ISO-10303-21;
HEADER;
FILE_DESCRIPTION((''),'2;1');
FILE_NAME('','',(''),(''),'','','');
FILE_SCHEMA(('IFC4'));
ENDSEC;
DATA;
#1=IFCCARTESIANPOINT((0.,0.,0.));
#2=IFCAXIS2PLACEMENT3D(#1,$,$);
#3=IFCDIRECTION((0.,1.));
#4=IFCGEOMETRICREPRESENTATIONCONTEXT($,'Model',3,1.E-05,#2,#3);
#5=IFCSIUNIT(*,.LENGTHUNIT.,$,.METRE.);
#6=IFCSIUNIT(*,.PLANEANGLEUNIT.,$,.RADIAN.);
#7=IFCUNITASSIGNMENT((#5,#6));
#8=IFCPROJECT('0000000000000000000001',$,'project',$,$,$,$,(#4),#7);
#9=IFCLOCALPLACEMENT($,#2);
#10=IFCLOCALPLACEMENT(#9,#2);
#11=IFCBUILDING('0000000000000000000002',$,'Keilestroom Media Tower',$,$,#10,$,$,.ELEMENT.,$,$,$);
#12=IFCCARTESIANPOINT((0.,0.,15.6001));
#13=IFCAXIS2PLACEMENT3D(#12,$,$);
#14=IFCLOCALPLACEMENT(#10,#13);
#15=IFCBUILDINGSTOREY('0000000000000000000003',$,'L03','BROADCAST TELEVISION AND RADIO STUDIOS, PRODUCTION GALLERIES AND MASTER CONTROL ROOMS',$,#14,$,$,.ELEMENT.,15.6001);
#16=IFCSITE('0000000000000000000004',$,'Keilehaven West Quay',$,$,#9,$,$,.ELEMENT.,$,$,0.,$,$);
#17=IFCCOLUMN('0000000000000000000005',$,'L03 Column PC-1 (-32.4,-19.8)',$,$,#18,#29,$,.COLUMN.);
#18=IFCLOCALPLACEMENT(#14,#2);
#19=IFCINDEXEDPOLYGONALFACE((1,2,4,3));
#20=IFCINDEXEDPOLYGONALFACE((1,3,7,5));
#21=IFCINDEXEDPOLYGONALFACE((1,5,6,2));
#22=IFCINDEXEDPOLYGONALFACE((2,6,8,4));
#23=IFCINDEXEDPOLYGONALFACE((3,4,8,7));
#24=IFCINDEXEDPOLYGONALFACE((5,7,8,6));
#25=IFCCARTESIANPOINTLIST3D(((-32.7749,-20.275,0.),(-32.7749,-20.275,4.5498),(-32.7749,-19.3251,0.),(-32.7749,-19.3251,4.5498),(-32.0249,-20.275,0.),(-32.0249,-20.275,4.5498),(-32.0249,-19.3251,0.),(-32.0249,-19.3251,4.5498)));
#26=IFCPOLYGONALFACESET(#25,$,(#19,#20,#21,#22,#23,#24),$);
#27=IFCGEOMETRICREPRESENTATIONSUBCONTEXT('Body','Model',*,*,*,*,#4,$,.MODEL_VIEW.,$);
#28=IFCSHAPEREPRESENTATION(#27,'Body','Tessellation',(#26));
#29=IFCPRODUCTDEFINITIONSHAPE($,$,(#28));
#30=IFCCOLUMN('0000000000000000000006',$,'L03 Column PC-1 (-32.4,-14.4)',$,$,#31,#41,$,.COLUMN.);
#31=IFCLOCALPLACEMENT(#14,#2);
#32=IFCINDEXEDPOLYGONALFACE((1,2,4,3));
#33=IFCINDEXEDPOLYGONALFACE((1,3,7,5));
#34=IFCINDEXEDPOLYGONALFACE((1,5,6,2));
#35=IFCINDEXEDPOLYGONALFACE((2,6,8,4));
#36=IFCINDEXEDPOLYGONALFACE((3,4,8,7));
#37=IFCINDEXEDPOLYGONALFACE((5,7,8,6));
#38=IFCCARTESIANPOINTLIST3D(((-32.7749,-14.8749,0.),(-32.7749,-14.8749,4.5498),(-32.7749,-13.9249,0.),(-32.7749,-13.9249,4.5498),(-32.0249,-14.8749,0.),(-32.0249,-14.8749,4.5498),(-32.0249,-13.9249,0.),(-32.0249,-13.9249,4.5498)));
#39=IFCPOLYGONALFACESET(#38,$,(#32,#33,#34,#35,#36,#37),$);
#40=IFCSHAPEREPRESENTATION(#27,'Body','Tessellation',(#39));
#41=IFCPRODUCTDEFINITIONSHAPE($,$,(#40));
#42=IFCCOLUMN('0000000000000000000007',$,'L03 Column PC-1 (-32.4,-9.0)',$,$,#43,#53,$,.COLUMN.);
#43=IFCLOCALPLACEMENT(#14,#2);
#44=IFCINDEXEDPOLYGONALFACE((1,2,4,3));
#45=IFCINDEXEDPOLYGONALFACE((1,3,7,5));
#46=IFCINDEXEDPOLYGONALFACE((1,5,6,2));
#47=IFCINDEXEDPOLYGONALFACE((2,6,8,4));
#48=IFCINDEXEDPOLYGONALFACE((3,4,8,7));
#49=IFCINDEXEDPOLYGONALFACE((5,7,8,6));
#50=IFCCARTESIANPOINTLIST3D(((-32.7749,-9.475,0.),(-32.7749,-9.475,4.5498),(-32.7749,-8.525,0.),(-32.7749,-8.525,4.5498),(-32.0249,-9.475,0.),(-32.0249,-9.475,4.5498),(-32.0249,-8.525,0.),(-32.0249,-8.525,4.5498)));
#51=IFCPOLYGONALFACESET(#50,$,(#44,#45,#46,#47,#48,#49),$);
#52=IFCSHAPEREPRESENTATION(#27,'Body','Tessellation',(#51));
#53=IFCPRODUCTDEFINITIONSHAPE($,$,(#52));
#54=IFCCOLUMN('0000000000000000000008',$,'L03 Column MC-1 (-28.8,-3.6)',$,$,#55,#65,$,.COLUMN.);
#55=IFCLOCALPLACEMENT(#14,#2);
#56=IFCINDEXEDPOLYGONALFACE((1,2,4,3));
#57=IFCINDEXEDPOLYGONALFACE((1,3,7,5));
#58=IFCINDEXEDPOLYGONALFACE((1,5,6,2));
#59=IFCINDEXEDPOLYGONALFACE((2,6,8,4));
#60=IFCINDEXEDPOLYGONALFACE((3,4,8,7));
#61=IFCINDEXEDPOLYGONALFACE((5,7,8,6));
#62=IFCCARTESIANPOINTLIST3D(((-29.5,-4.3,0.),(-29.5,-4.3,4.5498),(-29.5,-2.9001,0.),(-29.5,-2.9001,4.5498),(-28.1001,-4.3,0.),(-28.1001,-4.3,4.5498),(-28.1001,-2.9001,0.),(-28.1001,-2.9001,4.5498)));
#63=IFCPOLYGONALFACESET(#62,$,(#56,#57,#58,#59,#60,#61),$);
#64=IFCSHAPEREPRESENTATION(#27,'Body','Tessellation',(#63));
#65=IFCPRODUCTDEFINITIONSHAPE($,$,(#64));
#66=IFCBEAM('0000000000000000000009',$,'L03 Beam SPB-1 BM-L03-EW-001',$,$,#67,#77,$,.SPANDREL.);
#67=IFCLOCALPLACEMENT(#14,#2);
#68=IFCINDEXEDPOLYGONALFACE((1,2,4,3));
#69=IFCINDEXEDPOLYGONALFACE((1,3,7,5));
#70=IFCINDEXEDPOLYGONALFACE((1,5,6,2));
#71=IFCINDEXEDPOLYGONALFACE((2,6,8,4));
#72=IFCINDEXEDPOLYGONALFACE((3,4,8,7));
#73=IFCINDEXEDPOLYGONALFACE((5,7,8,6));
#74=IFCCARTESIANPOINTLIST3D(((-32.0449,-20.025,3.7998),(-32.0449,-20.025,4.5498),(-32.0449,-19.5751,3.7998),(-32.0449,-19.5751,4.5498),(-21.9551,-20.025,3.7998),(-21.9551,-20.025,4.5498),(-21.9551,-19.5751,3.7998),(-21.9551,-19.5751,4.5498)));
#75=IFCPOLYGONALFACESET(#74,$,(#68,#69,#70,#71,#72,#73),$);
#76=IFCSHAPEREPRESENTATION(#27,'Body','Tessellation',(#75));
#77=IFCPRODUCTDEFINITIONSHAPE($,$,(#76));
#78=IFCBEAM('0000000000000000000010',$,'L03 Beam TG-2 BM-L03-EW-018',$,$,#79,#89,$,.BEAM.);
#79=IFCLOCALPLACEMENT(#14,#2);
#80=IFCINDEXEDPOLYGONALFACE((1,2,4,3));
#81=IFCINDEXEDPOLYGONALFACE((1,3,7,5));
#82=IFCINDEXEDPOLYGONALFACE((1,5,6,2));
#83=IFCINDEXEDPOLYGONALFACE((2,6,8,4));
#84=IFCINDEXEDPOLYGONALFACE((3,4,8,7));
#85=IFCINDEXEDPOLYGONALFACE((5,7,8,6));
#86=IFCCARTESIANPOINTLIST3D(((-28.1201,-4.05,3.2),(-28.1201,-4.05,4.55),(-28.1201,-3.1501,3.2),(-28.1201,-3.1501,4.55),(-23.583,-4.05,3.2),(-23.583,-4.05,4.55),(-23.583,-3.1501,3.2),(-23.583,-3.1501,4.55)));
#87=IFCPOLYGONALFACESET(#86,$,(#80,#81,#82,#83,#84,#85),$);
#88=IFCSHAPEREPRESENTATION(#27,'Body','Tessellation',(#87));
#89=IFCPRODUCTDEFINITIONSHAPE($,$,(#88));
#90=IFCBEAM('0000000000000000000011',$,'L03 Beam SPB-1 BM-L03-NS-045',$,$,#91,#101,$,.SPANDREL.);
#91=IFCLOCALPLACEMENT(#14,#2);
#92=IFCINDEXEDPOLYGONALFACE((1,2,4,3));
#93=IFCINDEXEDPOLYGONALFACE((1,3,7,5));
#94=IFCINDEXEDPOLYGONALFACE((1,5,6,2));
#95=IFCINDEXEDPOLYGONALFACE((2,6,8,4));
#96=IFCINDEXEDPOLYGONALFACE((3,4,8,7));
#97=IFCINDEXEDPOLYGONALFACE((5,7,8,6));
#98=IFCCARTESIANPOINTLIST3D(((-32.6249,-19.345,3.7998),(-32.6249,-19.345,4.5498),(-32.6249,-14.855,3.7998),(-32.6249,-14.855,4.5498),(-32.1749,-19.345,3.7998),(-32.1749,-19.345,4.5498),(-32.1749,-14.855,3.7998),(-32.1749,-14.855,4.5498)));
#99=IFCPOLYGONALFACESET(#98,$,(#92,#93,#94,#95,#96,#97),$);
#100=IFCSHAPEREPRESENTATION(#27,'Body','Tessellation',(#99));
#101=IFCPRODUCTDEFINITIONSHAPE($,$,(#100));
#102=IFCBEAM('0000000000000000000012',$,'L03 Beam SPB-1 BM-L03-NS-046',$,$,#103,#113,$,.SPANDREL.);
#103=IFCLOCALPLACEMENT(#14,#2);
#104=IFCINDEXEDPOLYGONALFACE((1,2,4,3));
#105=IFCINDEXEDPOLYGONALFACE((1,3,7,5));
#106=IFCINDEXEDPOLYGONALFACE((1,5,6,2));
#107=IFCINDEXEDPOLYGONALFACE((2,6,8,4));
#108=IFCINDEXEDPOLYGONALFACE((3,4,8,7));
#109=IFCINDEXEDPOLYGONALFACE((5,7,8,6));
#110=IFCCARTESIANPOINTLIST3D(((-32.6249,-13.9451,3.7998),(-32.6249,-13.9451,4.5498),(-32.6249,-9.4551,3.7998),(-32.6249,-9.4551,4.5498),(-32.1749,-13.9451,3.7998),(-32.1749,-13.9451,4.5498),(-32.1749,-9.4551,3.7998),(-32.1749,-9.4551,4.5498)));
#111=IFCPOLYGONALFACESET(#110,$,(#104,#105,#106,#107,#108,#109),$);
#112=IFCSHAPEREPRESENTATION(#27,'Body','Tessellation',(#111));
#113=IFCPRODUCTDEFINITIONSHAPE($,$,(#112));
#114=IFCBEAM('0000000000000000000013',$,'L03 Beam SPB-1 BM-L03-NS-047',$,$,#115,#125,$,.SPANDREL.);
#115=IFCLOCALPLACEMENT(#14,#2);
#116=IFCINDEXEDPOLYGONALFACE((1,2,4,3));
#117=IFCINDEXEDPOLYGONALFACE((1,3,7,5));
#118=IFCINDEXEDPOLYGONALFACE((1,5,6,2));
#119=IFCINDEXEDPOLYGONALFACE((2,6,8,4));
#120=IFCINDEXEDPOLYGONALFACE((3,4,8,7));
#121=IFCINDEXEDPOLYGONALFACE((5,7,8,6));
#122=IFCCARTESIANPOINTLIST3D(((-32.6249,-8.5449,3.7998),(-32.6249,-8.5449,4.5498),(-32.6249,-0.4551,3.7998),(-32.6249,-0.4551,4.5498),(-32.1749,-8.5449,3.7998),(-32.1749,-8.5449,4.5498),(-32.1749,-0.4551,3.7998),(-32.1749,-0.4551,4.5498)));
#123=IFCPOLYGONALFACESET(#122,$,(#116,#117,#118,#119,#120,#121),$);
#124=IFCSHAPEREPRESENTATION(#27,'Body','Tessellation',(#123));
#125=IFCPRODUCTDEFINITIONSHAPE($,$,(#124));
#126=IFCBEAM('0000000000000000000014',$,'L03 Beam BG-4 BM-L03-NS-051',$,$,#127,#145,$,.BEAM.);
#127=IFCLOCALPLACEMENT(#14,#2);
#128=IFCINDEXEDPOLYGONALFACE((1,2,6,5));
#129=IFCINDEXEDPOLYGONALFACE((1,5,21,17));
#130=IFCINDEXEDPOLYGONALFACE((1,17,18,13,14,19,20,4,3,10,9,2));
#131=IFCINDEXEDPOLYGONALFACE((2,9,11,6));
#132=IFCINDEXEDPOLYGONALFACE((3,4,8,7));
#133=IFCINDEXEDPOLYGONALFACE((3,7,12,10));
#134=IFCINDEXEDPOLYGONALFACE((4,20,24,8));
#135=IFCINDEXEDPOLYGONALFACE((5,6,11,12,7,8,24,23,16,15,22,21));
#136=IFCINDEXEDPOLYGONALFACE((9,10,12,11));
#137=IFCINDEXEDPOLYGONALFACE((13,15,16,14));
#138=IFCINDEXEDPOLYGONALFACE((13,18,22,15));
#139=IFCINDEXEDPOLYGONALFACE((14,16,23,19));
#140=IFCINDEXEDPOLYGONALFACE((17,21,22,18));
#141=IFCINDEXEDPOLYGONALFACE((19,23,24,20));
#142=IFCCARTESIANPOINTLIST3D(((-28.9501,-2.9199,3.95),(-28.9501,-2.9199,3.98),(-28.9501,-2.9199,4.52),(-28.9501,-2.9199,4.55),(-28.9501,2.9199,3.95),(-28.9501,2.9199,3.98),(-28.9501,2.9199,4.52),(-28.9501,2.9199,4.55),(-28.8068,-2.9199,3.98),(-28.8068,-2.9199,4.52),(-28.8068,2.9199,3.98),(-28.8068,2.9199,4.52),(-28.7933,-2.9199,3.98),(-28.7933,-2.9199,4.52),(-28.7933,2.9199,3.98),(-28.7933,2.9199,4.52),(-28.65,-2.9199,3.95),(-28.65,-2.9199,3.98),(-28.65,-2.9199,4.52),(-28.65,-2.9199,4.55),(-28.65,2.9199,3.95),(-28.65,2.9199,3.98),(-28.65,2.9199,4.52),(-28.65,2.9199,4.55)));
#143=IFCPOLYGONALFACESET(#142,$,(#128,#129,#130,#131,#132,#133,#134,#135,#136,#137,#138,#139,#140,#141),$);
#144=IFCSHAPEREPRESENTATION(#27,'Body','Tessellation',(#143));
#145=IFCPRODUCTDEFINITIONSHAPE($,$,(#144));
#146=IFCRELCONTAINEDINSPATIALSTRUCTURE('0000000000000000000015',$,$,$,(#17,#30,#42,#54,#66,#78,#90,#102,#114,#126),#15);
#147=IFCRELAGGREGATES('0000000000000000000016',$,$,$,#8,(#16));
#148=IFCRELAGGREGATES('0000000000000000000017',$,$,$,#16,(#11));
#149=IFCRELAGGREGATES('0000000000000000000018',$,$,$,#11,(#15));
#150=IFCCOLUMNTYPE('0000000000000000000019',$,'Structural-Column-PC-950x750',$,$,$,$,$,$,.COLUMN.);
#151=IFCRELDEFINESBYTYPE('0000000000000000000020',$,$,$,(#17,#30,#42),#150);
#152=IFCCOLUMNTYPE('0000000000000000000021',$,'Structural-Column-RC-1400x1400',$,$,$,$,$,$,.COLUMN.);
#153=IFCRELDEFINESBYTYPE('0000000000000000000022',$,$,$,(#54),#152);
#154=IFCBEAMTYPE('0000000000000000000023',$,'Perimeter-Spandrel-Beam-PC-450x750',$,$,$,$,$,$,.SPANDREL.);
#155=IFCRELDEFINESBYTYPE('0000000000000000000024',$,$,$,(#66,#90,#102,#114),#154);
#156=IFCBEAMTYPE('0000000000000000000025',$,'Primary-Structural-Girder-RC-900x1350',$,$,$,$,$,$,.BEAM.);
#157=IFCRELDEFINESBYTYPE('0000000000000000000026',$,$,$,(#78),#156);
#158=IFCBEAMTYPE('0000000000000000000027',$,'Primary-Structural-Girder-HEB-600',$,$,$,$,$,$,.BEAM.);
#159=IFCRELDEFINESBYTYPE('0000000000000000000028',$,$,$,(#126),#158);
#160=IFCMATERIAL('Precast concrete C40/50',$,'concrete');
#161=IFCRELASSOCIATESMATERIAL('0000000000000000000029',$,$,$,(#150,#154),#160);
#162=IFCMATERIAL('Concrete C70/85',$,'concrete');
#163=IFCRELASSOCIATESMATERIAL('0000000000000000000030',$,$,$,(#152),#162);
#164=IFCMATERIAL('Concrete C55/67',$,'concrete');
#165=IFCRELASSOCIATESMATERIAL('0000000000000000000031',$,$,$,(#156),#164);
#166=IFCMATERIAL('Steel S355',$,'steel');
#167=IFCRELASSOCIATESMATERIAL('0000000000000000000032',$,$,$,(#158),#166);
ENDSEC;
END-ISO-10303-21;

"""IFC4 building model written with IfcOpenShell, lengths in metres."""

from ifc_helpers import new_model, si_unit, direction, frame, origin, origin_2d, place, context, subcontext, project, spatial, rectangle, i_section, extrude, source, transform, mapped, material, material_profile, profile_set, type_object, element, save


model = new_model("IFC4")

# Units and contexts
model_context = context("Model", 3, precision=1e-05, world=origin(), true_north=direction((0.0, 1.0)))
body_context = subcontext(model_context, "Body", "Model", "MODEL_VIEW")
ifc_project = project(units=[si_unit("LENGTHUNIT", "METRE"), si_unit("PLANEANGLEUNIT", "RADIAN")], contexts=[model_context])

# Site, building, storey
site_placement = place(None, origin())
site = spatial("IfcSite", under=ifc_project, at=site_placement, Name="Keilehaven West Quay", CompositionType="ELEMENT", RefElevation=0.0)
building_placement = place(site_placement, origin())
building = spatial("IfcBuilding", under=site, at=building_placement, Name="Keilestroom Media Tower", CompositionType="ELEMENT")
storey_placement = place(building_placement, frame((0.0, 0.0, 15.6001)))
storey = spatial("IfcBuildingStorey", under=building, at=storey_placement, Name="L03", Description="BROADCAST TELEVISION AND RADIO STUDIOS, PRODUCTION GALLERIES AND MASTER CONTROL ROOMS", CompositionType="ELEMENT", Elevation=15.6001)

# Columns
ifc_material_1 = material(Name="Precast concrete C40/50", Category="concrete")
ifc_material_profile_1 = material_profile(ifc_material_1, rectangle(XDim=0.75, YDim=0.95, at=origin_2d()), Name="PC 950x750")
ifc_profile_set_1 = profile_set([ifc_material_profile_1], Name="Precast concrete C40/50")
column_type_1 = type_object("IfcColumnType", Name="Structural-Column-PC-950x750", PredefinedType="COLUMN", material=ifc_profile_set_1)
shared_shape_1 = source(origin(), body_context, "Body", "SweptSolid", [
    extrude(rectangle(XDim=0.75, YDim=0.95, at=origin_2d()), origin(), (0.0, 0.0, 1.0), 4.5498),
])
for number, where, z_axis, x_axis, name in (
    (1, (-32.3999, -19.8, 0.0), (0.0, 0.0, 1.0), (1.0, 0.0, 0.0), "L03 Column PC-1 (-32.4,-19.8)"),
    (2, (-32.3999, -14.3999, 0.0), (0.0, 0.0, 1.0), (1.0, 0.0, 0.0), "L03 Column PC-1 (-32.4,-14.4)"),
    (3, (-32.3999, -9.0, 0.0), (0.0, 0.0, 1.0), (1.0, 0.0, 0.0), "L03 Column PC-1 (-32.4,-9.0)"),
):
    element("IfcColumn", number, at=place(storey_placement, frame(where, z_axis=z_axis, x_axis=x_axis)), inside=storey, type_object=column_type_1, Name=name, PredefinedType="COLUMN", context=body_context, shape_type="MappedRepresentation", body=[
        mapped(shared_shape_1, transform((0.0, 0.0, 0.0), x_axis=(1.0, 0.0, 0.0), y_axis=(0.0, 1.0, 0.0), z_axis=(0.0, 0.0, 1.0), scale=1.0)),
    ])
ifc_material_2 = material(Name="Concrete C70/85", Category="concrete")
ifc_material_profile_2 = material_profile(ifc_material_2, rectangle(XDim=1.3999, YDim=1.3999, at=origin_2d()), Name="RC 1400x1400")
ifc_profile_set_2 = profile_set([ifc_material_profile_2], Name="Concrete C70/85")
column_type_2 = type_object("IfcColumnType", Name="Structural-Column-RC-1400x1400", PredefinedType="COLUMN", material=ifc_profile_set_2)
shared_shape_2 = source(origin(), body_context, "Body", "SweptSolid", [
    extrude(rectangle(XDim=1.3999, YDim=1.3999, at=origin_2d()), origin(), (0.0, 0.0, 1.0), 4.5498),
])
column_placement = place(storey_placement, frame((-28.8, -3.6001, 0.0), z_axis=(0.0, 0.0, 1.0), x_axis=(1.0, 0.0, 0.0)))
element("IfcColumn", 4, at=column_placement, inside=storey, type_object=column_type_2, Name="L03 Column MC-1 (-28.8,-3.6)", PredefinedType="COLUMN", context=body_context, shape_type="MappedRepresentation", body=[
    mapped(shared_shape_2, transform((0.0, 0.0, 0.0), x_axis=(1.0, 0.0, 0.0), y_axis=(0.0, 1.0, 0.0), z_axis=(0.0, 0.0, 1.0), scale=1.0)),
])

# Beams
ifc_material_profile_3 = material_profile(ifc_material_1, rectangle(XDim=0.45, YDim=0.75, at=origin_2d()), Name="PC 450x750")
ifc_profile_set_3 = profile_set([ifc_material_profile_3], Name="Precast concrete C40/50")
beam_type_1 = type_object("IfcBeamType", Name="Perimeter-Spandrel-Beam-PC-450x750", PredefinedType="SPANDREL", material=ifc_profile_set_3)
shared_shape_3 = source(origin(), body_context, "Body", "SweptSolid", [
    extrude(rectangle(XDim=0.45, YDim=0.75, at=origin_2d()), origin(), (0.0, 0.0, 1.0), 10.0898),
])
beam_1_placement = place(storey_placement, frame((-32.0449, -19.8, 4.1748), z_axis=(1.0, 0.0, 0.0), x_axis=(0.0, 1.0, 0.0)))
element("IfcBeam", 5, at=beam_1_placement, inside=storey, type_object=beam_type_1, Name="L03 Beam SPB-1 BM-L03-EW-001", PredefinedType="SPANDREL", context=body_context, shape_type="MappedRepresentation", body=[
    mapped(shared_shape_3, transform((0.0, 0.0, 0.0), x_axis=(1.0, 0.0, 0.0), y_axis=(0.0, 1.0, 0.0), z_axis=(0.0, 0.0, 1.0), scale=1.0)),
])
ifc_material_3 = material(Name="Concrete C55/67", Category="concrete")
ifc_material_profile_4 = material_profile(ifc_material_3, rectangle(XDim=0.8999, YDim=1.3501, at=origin_2d()), Name="RC 900x1350")
ifc_profile_set_4 = profile_set([ifc_material_profile_4], Name="Concrete C55/67")
beam_type_2 = type_object("IfcBeamType", Name="Primary-Structural-Girder-RC-900x1350", PredefinedType="BEAM", material=ifc_profile_set_4)
shared_shape_4 = source(origin(), body_context, "Body", "SweptSolid", [
    extrude(rectangle(XDim=0.8999, YDim=1.3501, at=origin_2d()), origin(), (0.0, 0.0, 1.0), 4.5371),
])
beam_2_placement = place(storey_placement, frame((-28.1201, -3.6001, 3.875), z_axis=(1.0, 0.0, 0.0), x_axis=(0.0, 1.0, 0.0)))
element("IfcBeam", 6, at=beam_2_placement, inside=storey, type_object=beam_type_2, Name="L03 Beam TG-2 BM-L03-EW-018", PredefinedType="BEAM", context=body_context, shape_type="MappedRepresentation", body=[
    mapped(shared_shape_4, transform((0.0, 0.0, 0.0), x_axis=(1.0, 0.0, 0.0), y_axis=(0.0, 1.0, 0.0), z_axis=(0.0, 0.0, 1.0), scale=1.0)),
])
shared_shape_5 = source(origin(), body_context, "Body", "SweptSolid", [
    extrude(rectangle(XDim=0.45, YDim=0.75, at=origin_2d()), origin(), (0.0, 0.0, 1.0), 4.49),
])
for number, where, z_axis, x_axis, name in (
    (7, (-32.3999, -19.345, 4.1748), (0.0, 1.0, 0.0), (-1.0, 0.0, 0.0), "L03 Beam SPB-1 BM-L03-NS-045"),
    (8, (-32.3999, -13.9451, 4.1748), (0.0, 1.0, 0.0), (-1.0, 0.0, 0.0), "L03 Beam SPB-1 BM-L03-NS-046"),
):
    element("IfcBeam", number, at=place(storey_placement, frame(where, z_axis=z_axis, x_axis=x_axis)), inside=storey, type_object=beam_type_1, Name=name, PredefinedType="SPANDREL", context=body_context, shape_type="MappedRepresentation", body=[
        mapped(shared_shape_5, transform((0.0, 0.0, 0.0), x_axis=(1.0, 0.0, 0.0), y_axis=(0.0, 1.0, 0.0), z_axis=(0.0, 0.0, 1.0), scale=1.0)),
    ])
shared_shape_6 = source(origin(), body_context, "Body", "SweptSolid", [
    extrude(rectangle(XDim=0.45, YDim=0.75, at=origin_2d()), origin(), (0.0, 0.0, 1.0), 8.0898),
])
beam_3_placement = place(storey_placement, frame((-32.3999, -8.5449, 4.1748), z_axis=(0.0, 1.0, 0.0), x_axis=(-1.0, 0.0, 0.0)))
element("IfcBeam", 9, at=beam_3_placement, inside=storey, type_object=beam_type_1, Name="L03 Beam SPB-1 BM-L03-NS-047", PredefinedType="SPANDREL", context=body_context, shape_type="MappedRepresentation", body=[
    mapped(shared_shape_6, transform((0.0, 0.0, 0.0), x_axis=(1.0, 0.0, 0.0), y_axis=(0.0, 1.0, 0.0), z_axis=(0.0, 0.0, 1.0), scale=1.0)),
])
ifc_material_4 = material(Name="Steel S355", Category="steel")
ifc_material_profile_5 = material_profile(ifc_material_4, i_section(OverallWidth=0.3, OverallDepth=0.6001, WebThickness=0.0134, FlangeThickness=0.03, at=origin_2d()), Name="HEB 600")
ifc_profile_set_5 = profile_set([ifc_material_profile_5], Name="Steel S355")
beam_type_3 = type_object("IfcBeamType", Name="Primary-Structural-Girder-HEB-600", PredefinedType="BEAM", material=ifc_profile_set_5)
shared_shape_7 = source(origin(), body_context, "Body", "SweptSolid", [
    extrude(i_section(OverallWidth=0.3, OverallDepth=0.6001, WebThickness=0.0134, FlangeThickness=0.03, at=origin_2d()), origin(), (0.0, 0.0, 1.0), 5.8398),
])
beam_4_placement = place(storey_placement, frame((-28.8, -2.9199, 4.25), z_axis=(0.0, 1.0, 0.0), x_axis=(-1.0, 0.0, 0.0)))
element("IfcBeam", 10, at=beam_4_placement, inside=storey, type_object=beam_type_3, Name="L03 Beam BG-4 BM-L03-NS-051", PredefinedType="BEAM", context=body_context, shape_type="MappedRepresentation", body=[
    mapped(shared_shape_7, transform((0.0, 0.0, 0.0), x_axis=(1.0, 0.0, 0.0), y_axis=(0.0, 1.0, 0.0), z_axis=(0.0, 0.0, 1.0), scale=1.0)),
])

save(model, "model.ifc")
